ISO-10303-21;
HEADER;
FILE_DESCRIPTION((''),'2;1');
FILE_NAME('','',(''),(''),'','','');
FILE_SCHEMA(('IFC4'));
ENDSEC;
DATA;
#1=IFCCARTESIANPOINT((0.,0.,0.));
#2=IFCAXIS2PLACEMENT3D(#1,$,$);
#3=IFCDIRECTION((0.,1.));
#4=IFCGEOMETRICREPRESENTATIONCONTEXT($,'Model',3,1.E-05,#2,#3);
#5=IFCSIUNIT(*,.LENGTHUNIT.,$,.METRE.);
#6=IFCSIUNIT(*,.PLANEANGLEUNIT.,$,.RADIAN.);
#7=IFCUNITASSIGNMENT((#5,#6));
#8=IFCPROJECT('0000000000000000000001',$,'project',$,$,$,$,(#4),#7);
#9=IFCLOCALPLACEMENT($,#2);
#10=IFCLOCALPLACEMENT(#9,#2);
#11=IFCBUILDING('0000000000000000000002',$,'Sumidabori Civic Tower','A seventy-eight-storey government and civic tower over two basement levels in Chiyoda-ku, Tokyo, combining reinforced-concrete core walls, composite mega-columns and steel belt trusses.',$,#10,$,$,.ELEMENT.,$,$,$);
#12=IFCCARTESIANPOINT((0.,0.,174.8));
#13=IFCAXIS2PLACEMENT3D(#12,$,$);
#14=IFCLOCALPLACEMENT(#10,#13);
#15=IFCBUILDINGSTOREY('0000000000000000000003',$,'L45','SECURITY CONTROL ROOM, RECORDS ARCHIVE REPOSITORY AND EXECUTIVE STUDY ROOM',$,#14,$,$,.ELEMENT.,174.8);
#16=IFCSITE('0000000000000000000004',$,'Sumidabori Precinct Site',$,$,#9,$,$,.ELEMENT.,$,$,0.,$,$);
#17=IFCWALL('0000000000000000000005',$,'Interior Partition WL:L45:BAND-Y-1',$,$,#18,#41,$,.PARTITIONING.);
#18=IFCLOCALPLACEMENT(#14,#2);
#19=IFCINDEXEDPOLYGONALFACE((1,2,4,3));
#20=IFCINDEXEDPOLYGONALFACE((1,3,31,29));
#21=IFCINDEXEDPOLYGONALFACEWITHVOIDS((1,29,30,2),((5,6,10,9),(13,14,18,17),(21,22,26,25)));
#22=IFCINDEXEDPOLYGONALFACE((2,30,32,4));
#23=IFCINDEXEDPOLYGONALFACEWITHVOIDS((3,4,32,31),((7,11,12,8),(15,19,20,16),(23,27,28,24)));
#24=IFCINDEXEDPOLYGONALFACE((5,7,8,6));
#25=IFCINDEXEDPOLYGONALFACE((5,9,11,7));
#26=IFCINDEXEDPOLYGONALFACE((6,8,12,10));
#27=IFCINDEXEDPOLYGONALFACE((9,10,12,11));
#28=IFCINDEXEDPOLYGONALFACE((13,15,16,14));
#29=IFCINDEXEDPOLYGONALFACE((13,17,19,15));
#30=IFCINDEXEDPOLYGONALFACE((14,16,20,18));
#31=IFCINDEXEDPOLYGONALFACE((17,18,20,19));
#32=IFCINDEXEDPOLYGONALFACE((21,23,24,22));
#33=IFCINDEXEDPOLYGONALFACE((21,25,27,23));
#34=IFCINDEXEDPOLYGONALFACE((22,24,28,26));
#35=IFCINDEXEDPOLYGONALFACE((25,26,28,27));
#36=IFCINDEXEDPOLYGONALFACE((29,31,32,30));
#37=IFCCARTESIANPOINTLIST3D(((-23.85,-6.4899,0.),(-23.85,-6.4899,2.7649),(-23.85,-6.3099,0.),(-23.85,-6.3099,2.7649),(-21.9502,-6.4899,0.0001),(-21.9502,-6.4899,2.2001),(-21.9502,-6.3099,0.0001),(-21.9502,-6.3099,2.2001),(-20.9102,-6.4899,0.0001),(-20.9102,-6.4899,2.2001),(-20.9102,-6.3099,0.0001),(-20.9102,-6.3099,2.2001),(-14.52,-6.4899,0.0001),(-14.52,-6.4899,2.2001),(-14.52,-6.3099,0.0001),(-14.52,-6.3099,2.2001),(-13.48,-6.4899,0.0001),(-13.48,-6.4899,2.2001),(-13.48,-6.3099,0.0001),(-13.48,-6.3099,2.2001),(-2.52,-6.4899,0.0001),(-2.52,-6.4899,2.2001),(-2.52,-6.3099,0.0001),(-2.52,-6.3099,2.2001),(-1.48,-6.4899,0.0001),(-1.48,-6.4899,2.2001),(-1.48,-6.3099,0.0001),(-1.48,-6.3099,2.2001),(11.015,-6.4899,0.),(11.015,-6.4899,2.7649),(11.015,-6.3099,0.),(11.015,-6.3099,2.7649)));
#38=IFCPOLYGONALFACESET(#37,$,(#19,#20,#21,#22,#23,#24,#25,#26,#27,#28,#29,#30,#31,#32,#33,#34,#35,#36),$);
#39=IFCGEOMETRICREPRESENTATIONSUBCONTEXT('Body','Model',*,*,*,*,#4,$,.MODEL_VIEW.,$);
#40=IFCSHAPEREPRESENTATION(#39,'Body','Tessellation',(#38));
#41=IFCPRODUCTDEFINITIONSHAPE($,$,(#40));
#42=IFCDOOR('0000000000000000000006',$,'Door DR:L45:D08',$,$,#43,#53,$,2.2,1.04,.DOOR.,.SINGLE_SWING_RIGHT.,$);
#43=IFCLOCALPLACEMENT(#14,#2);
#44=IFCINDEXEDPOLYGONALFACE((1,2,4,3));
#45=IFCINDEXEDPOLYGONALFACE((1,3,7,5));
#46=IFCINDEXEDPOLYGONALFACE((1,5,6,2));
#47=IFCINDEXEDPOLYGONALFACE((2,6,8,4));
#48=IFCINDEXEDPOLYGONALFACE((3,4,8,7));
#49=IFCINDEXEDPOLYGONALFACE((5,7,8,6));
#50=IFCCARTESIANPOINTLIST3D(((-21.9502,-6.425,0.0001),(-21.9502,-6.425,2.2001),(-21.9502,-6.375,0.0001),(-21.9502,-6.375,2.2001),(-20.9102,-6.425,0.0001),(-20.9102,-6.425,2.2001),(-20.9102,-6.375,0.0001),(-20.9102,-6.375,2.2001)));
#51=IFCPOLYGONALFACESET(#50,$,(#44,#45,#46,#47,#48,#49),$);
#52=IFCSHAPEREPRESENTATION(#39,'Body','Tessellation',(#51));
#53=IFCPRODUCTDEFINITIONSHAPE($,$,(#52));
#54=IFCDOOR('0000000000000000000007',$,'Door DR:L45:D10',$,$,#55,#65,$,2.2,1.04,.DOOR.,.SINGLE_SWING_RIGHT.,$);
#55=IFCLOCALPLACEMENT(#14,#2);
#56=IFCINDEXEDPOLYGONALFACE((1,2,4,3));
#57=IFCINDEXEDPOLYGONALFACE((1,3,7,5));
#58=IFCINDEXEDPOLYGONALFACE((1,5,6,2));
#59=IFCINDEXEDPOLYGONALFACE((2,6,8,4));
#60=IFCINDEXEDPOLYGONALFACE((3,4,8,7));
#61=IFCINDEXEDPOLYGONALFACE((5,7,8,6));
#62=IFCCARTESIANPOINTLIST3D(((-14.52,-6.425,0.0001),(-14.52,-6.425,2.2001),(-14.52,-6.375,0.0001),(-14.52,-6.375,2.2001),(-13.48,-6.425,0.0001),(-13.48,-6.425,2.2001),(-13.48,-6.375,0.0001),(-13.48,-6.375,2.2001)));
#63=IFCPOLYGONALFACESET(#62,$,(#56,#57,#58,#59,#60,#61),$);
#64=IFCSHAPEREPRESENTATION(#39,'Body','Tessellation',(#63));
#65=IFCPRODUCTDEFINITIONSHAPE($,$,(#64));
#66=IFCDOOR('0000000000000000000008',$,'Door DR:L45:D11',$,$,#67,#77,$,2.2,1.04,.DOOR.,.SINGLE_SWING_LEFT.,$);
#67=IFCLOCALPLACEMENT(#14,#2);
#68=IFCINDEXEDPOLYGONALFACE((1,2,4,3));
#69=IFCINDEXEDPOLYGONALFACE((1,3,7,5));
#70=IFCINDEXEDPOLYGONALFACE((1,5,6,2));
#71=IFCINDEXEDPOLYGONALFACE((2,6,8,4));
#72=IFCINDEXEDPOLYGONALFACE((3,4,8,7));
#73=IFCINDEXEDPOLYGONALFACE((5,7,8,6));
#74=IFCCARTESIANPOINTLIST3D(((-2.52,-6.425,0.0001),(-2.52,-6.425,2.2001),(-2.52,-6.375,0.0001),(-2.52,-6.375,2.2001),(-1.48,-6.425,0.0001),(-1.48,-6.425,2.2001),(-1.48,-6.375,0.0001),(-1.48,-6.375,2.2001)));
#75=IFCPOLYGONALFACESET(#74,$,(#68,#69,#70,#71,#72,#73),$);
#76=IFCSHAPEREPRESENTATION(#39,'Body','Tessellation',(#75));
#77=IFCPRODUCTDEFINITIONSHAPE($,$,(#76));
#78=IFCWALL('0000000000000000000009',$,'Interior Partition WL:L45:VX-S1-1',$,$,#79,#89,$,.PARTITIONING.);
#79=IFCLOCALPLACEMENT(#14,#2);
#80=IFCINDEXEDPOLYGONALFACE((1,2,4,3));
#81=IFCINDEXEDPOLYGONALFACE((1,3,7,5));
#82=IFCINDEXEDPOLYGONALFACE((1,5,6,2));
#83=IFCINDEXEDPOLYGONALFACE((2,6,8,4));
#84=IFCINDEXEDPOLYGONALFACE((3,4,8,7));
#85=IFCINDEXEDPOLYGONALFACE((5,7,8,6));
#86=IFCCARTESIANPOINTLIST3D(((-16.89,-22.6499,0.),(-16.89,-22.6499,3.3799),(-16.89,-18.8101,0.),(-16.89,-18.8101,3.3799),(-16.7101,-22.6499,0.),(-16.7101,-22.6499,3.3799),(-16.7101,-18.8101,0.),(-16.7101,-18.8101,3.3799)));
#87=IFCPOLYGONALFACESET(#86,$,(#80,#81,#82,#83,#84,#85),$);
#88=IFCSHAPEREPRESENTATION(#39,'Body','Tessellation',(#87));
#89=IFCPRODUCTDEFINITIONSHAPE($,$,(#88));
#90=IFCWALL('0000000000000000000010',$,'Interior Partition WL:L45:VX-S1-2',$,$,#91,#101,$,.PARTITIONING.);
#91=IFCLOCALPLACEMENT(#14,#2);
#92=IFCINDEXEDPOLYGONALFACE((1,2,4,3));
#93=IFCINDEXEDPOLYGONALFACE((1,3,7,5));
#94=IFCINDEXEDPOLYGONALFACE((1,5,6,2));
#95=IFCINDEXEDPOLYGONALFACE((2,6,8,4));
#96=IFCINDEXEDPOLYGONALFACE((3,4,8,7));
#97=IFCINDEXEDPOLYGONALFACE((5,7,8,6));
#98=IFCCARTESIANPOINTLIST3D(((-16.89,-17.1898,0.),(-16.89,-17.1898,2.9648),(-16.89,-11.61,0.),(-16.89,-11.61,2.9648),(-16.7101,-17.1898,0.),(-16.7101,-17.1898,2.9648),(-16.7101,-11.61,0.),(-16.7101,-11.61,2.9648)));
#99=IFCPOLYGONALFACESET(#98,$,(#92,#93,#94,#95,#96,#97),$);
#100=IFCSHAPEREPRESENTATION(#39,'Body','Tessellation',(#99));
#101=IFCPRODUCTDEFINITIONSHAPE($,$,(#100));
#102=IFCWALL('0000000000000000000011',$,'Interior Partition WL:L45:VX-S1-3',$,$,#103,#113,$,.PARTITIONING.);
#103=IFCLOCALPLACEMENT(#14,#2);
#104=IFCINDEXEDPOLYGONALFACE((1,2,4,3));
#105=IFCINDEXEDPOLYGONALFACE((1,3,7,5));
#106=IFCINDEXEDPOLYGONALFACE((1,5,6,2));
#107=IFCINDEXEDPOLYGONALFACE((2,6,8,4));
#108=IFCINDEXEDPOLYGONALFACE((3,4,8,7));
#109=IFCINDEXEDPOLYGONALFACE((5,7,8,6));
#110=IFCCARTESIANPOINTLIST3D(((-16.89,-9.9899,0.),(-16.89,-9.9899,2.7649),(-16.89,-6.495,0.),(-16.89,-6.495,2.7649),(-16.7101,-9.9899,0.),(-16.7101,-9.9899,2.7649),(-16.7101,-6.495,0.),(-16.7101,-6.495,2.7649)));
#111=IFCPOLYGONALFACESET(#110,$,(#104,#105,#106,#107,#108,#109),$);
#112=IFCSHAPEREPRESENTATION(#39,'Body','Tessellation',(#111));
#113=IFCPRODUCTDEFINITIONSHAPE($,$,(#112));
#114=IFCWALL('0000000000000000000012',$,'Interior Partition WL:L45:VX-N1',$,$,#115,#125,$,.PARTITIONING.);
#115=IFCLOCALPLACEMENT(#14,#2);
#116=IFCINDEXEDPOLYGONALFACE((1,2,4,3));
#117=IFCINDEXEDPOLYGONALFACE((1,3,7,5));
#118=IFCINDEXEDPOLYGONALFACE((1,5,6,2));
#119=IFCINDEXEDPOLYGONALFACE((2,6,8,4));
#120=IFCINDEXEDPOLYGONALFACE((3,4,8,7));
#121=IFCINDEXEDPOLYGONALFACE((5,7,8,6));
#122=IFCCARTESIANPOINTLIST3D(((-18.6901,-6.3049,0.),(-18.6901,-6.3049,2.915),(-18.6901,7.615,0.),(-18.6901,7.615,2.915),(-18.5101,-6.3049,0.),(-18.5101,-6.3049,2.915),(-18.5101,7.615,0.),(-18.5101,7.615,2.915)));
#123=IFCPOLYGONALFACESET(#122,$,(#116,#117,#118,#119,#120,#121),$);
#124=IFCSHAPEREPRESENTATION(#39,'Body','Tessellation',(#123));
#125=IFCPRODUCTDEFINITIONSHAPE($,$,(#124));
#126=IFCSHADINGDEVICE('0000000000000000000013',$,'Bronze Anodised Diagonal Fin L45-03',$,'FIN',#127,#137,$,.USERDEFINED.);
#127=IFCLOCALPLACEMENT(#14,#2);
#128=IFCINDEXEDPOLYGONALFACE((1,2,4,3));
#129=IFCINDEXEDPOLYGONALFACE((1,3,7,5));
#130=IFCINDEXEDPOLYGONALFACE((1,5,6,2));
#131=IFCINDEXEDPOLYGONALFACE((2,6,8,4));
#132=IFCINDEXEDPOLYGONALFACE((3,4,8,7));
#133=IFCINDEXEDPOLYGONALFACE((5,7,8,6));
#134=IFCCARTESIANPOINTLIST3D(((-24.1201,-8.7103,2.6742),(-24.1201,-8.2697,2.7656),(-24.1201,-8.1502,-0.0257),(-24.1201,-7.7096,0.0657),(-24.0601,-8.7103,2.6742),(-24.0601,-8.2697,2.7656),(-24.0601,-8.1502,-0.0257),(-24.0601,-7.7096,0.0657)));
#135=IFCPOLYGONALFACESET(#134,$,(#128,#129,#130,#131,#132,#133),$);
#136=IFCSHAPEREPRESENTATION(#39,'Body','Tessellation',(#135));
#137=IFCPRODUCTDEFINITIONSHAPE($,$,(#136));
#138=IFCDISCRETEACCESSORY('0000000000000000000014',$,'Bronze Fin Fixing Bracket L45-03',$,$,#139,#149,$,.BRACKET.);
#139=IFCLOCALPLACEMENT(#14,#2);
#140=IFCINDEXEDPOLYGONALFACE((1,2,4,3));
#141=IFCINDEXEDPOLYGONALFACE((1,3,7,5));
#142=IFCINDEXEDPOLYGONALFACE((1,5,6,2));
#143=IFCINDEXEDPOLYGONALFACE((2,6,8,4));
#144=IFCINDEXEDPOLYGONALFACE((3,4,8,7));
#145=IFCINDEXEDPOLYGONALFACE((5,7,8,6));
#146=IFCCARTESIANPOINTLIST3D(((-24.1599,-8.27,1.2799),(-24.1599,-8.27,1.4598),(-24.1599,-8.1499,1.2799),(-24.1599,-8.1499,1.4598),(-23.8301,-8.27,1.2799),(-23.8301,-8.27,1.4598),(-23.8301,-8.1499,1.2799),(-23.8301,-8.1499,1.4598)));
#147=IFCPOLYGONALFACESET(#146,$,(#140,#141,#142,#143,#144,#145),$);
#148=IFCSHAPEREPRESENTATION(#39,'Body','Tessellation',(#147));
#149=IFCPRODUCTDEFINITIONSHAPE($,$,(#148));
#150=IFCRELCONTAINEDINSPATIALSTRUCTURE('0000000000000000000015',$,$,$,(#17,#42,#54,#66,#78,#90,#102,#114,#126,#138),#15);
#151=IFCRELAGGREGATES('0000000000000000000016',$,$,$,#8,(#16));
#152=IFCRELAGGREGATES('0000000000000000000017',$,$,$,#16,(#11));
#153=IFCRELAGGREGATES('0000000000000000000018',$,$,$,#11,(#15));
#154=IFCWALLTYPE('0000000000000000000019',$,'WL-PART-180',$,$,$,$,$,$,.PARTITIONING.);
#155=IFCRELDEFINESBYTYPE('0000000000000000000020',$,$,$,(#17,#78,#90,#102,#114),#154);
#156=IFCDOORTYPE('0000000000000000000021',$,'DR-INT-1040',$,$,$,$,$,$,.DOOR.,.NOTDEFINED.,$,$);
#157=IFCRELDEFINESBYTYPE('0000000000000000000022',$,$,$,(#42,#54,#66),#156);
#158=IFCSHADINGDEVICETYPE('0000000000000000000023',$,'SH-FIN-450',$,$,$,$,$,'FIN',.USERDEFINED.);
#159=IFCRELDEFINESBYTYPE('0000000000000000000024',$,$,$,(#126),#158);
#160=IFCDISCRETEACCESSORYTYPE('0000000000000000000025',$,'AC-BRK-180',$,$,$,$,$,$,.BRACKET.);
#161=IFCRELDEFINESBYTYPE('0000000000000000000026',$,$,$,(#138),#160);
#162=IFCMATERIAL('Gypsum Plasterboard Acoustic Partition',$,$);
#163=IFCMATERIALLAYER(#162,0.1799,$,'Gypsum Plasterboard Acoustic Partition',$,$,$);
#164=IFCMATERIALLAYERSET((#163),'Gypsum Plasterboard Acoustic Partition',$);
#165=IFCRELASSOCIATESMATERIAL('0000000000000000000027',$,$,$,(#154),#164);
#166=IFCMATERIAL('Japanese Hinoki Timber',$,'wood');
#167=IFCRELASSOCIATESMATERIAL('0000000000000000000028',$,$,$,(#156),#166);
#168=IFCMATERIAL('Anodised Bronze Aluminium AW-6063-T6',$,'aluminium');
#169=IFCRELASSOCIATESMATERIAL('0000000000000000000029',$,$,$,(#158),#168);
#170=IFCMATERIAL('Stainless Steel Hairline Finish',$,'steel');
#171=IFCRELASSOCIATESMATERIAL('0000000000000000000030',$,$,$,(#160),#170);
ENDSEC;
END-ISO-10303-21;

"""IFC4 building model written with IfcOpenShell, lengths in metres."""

from ifc_helpers import new_model, si_unit, direction, frame, frame_2d, origin, origin_2d, place, context, subcontext, project, spatial, rectangle, extrude, source, transform, mapped, material, layer, layer_set, material_profile, profile_set, type_object, element, fill, save


model = new_model("IFC4")

# Units and contexts
model_context = context("Model", 3, precision=1e-05, world=origin(), true_north=direction((0.0, 1.0)))
body_context = subcontext(model_context, "Body", "Model", "MODEL_VIEW")
ifc_project = project(units=[si_unit("LENGTHUNIT", "METRE"), si_unit("PLANEANGLEUNIT", "RADIAN")], contexts=[model_context])

# Site, building, storey
site_placement = place(None, origin())
site = spatial("IfcSite", under=ifc_project, at=site_placement, Name="Sumidabori Precinct Site", CompositionType="ELEMENT", RefElevation=0.0)
building_placement = place(site_placement, origin())
building = spatial("IfcBuilding", under=site, at=building_placement, Name="Sumidabori Civic Tower", Description="A seventy-eight-storey government and civic tower over two basement levels in Chiyoda-ku, Tokyo, combining reinforced-concrete core walls, composite mega-columns and steel belt trusses.", CompositionType="ELEMENT")
storey_placement = place(building_placement, frame((0.0, 0.0, 174.8)))
storey = spatial("IfcBuildingStorey", under=building, at=storey_placement, Name="L45", Description="SECURITY CONTROL ROOM, RECORDS ARCHIVE REPOSITORY AND EXECUTIVE STUDY ROOM", CompositionType="ELEMENT", Elevation=174.8)

# Shared definitions
ifc_material_1 = material(Name="Anodised Bronze Aluminium AW-6063-T6", Category="aluminium")

# Wall, openings, doors
ifc_material_2 = material(Name="Gypsum Plasterboard Acoustic Partition")
ifc_layer_1 = layer(ifc_material_2, 0.1799, Name="Gypsum Plasterboard Acoustic Partition")
ifc_layer_set_1 = layer_set([ifc_layer_1], Name="Gypsum Plasterboard Acoustic Partition")
wall_type_1 = type_object("IfcWallType", Name="WL-PART-180", PredefinedType="PARTITIONING", material=ifc_layer_set_1)
shared_shape_1 = source(origin(), body_context, "Body", "SweptSolid", [
    extrude(rectangle(XDim=34.865, YDim=0.1799, at=frame_2d((17.4326, 0.0))), origin(), (0.0, 0.0, 1.0), 2.7649),
])
wall_1_placement = place(storey_placement, frame((-23.8501, -6.3999, 0.0), z_axis=(0.0, 0.0, 1.0), x_axis=(1.0, 0.0, 0.0)))
wall_1 = element("IfcWall", 1, at=wall_1_placement, inside=storey, type_object=wall_type_1, Name="Interior Partition WL:L45:BAND-Y-1", PredefinedType="PARTITIONING", context=body_context, shape_type="MappedRepresentation", body=[
    mapped(shared_shape_1, transform((0.0, 0.0, 0.0), x_axis=(1.0, 0.0, 0.0), y_axis=(0.0, 1.0, 0.0), z_axis=(0.0, 0.0, 1.0), scale=1.0)),
])
opening_1_placement = place(wall_1_placement, frame((1.8999, 0.0, 0.0)))
opening_1 = element("IfcOpeningElement", 2, at=opening_1_placement, cuts=wall_1, PredefinedType="OPENING", context=body_context, shape_type="SweptSolid", body=[
    extrude(rectangle(XDim=1.04, YDim=2.2, at=frame_2d((0.52, 1.1001))), frame((0.0, 0.1021, 0.0), z_axis=(0.0, -1.0, 0.0), x_axis=(1.0, 0.0, 0.0)), (0.0, 0.0, 1.0), 0.2039),
])
opening_2_placement = place(wall_1_placement, frame((9.3301, 0.0, 0.0)))
opening_2 = element("IfcOpeningElement", 3, at=opening_2_placement, cuts=wall_1, PredefinedType="OPENING", context=body_context, shape_type="SweptSolid", body=[
    extrude(rectangle(XDim=1.04, YDim=2.2, at=frame_2d((0.52, 1.1001))), frame((0.0, 0.1021, 0.0), z_axis=(0.0, -1.0, 0.0), x_axis=(1.0, 0.0, 0.0)), (0.0, 0.0, 1.0), 0.2039),
])
opening_3_placement = place(wall_1_placement, frame((21.3301, 0.0, 0.0)))
opening_3 = element("IfcOpeningElement", 4, at=opening_3_placement, cuts=wall_1, PredefinedType="OPENING", context=body_context, shape_type="SweptSolid", body=[
    extrude(rectangle(XDim=1.04, YDim=2.2, at=frame_2d((0.52, 1.1001))), frame((0.0, 0.1021, 0.0), z_axis=(0.0, -1.0, 0.0), x_axis=(1.0, 0.0, 0.0)), (0.0, 0.0, 1.0), 0.2039),
])
ifc_material_3 = material(Name="Japanese Hinoki Timber", Category="wood")
door_type = type_object("IfcDoorType", Name="DR-INT-1040", OperationType="NOTDEFINED", PredefinedType="DOOR", material=ifc_material_3)
shared_shape_2 = source(origin(), body_context, "Body", "SweptSolid", [
    extrude(rectangle(XDim=1.04, YDim=2.2, at=frame_2d((0.52, 1.1001))), frame((0.0, 0.0249, 0.0), z_axis=(0.0, -1.0, 0.0), x_axis=(1.0, 0.0, 0.0)), (0.0, 0.0, 1.0), 0.05),
])
door_1_placement = place(opening_1_placement, origin())
door_1 = element("IfcDoor", 5, at=door_1_placement, inside=storey, type_object=door_type, Name="Door DR:L45:D08", OperationType="SINGLE_SWING_RIGHT", OverallHeight=2.2, OverallWidth=1.04, PredefinedType="DOOR", context=body_context, shape_type="MappedRepresentation", body=[
    mapped(shared_shape_2, transform((0.0, 0.0, 0.0), x_axis=(1.0, 0.0, 0.0), y_axis=(0.0, 1.0, 0.0), z_axis=(0.0, 0.0, 1.0), scale=1.0)),
])
fill(opening_1, door_1)
door_2_placement = place(opening_2_placement, origin())
door_2 = element("IfcDoor", 6, at=door_2_placement, inside=storey, type_object=door_type, Name="Door DR:L45:D10", OperationType="SINGLE_SWING_RIGHT", OverallHeight=2.2, OverallWidth=1.04, PredefinedType="DOOR", context=body_context, shape_type="MappedRepresentation", body=[
    mapped(shared_shape_2, transform((0.0, 0.0, 0.0), x_axis=(1.0, 0.0, 0.0), y_axis=(0.0, 1.0, 0.0), z_axis=(0.0, 0.0, 1.0), scale=1.0)),
])
fill(opening_2, door_2)
door_3_placement = place(opening_3_placement, origin())
door_3 = element("IfcDoor", 7, at=door_3_placement, inside=storey, type_object=door_type, Name="Door DR:L45:D11", OperationType="SINGLE_SWING_LEFT", OverallHeight=2.2, OverallWidth=1.04, PredefinedType="DOOR", context=body_context, shape_type="MappedRepresentation", body=[
    mapped(shared_shape_2, transform((0.0, 0.0, 0.0), x_axis=(1.0, 0.0, 0.0), y_axis=(0.0, 1.0, 0.0), z_axis=(0.0, 0.0, 1.0), scale=1.0)),
])
fill(opening_3, door_3)

# Walls
shared_shape_3 = source(origin(), body_context, "Body", "SweptSolid", [
    extrude(rectangle(XDim=3.8398, YDim=0.1799, at=frame_2d((1.9199, 0.0))), origin(), (0.0, 0.0, 1.0), 3.3799),
])
wall_2_placement = place(storey_placement, frame((-16.8, -22.6499, 0.0), z_axis=(0.0, 0.0, 1.0), x_axis=(0.0, 1.0, 0.0)))
element("IfcWall", 8, at=wall_2_placement, inside=storey, type_object=wall_type_1, Name="Interior Partition WL:L45:VX-S1-1", PredefinedType="PARTITIONING", context=body_context, shape_type="MappedRepresentation", body=[
    mapped(shared_shape_3, transform((0.0, 0.0, 0.0), x_axis=(1.0, 0.0, 0.0), y_axis=(0.0, 1.0, 0.0), z_axis=(0.0, 0.0, 1.0), scale=1.0)),
])
shared_shape_4 = source(origin(), body_context, "Body", "SweptSolid", [
    extrude(rectangle(XDim=5.5798, YDim=0.1799, at=frame_2d((2.79, 0.0))), origin(), (0.0, 0.0, 1.0), 2.9648),
])
wall_3_placement = place(storey_placement, frame((-16.8, -17.1899, 0.0), z_axis=(0.0, 0.0, 1.0), x_axis=(0.0, 1.0, 0.0)))
element("IfcWall", 9, at=wall_3_placement, inside=storey, type_object=wall_type_1, Name="Interior Partition WL:L45:VX-S1-2", PredefinedType="PARTITIONING", context=body_context, shape_type="MappedRepresentation", body=[
    mapped(shared_shape_4, transform((0.0, 0.0, 0.0), x_axis=(1.0, 0.0, 0.0), y_axis=(0.0, 1.0, 0.0), z_axis=(0.0, 0.0, 1.0), scale=1.0)),
])
shared_shape_5 = source(origin(), body_context, "Body", "SweptSolid", [
    extrude(rectangle(XDim=3.4949, YDim=0.1799, at=frame_2d((1.7476, 0.0))), origin(), (0.0, 0.0, 1.0), 2.7649),
])
wall_4_placement = place(storey_placement, frame((-16.8, -9.99, 0.0), z_axis=(0.0, 0.0, 1.0), x_axis=(0.0, 1.0, 0.0)))
element("IfcWall", 10, at=wall_4_placement, inside=storey, type_object=wall_type_1, Name="Interior Partition WL:L45:VX-S1-3", PredefinedType="PARTITIONING", context=body_context, shape_type="MappedRepresentation", body=[
    mapped(shared_shape_5, transform((0.0, 0.0, 0.0), x_axis=(1.0, 0.0, 0.0), y_axis=(0.0, 1.0, 0.0), z_axis=(0.0, 0.0, 1.0), scale=1.0)),
])
shared_shape_6 = source(origin(), body_context, "Body", "SweptSolid", [
    extrude(rectangle(XDim=13.9199, YDim=0.1799, at=frame_2d((6.96, 0.0))), origin(), (0.0, 0.0, 1.0), 2.915),
])
wall_5_placement = place(storey_placement, frame((-18.6001, -6.3049, 0.0), z_axis=(0.0, 0.0, 1.0), x_axis=(0.0, 1.0, 0.0)))
element("IfcWall", 11, at=wall_5_placement, inside=storey, type_object=wall_type_1, Name="Interior Partition WL:L45:VX-N1", PredefinedType="PARTITIONING", context=body_context, shape_type="MappedRepresentation", body=[
    mapped(shared_shape_6, transform((0.0, 0.0, 0.0), x_axis=(1.0, 0.0, 0.0), y_axis=(0.0, 1.0, 0.0), z_axis=(0.0, 0.0, 1.0), scale=1.0)),
])

# Shading device
ifc_material_profile_1 = material_profile(ifc_material_1, rectangle(XDim=0.0601, YDim=0.45, at=origin_2d()), Name="BRONZE FIN 450x60")
ifc_profile_set_1 = profile_set([ifc_material_profile_1], Name="Anodised Bronze Aluminium AW-6063-T6")
shading_device_type = type_object("IfcShadingDeviceType", Name="SH-FIN-450", ElementType="FIN", PredefinedType="USERDEFINED", material=ifc_profile_set_1)
shared_shape_7 = source(origin(), body_context, "Body", "SweptSolid", [
    extrude(rectangle(XDim=0.0601, YDim=0.45, at=origin_2d()), origin(), (0.0, 0.0, 1.0), 2.7573),
])
shading_device_placement = place(storey_placement, frame((-24.0901, -7.9299, 0.02), z_axis=(0.0, -0.203109, 0.979156), x_axis=(-1.0, 0.0, 0.0)))
element("IfcShadingDevice", 12, at=shading_device_placement, inside=storey, type_object=shading_device_type, Name="Bronze Anodised Diagonal Fin L45-03", ObjectType="FIN", PredefinedType="USERDEFINED", context=body_context, shape_type="MappedRepresentation", body=[
    mapped(shared_shape_7, transform((0.0, 0.0, 0.0), x_axis=(1.0, 0.0, 0.0), y_axis=(0.0, 1.0, 0.0), z_axis=(0.0, 0.0, 1.0), scale=1.0)),
])

# Discrete accessory
ifc_material_4 = material(Name="Stainless Steel Hairline Finish", Category="steel")
ifc_material_profile_2 = material_profile(ifc_material_4, rectangle(XDim=0.1201, YDim=0.1799, at=origin_2d()), Name="STEEL BRACKET 180x120")
ifc_profile_set_2 = profile_set([ifc_material_profile_2], Name="Stainless Steel Hairline Finish")
discrete_accessory_type = type_object("IfcDiscreteAccessoryType", Name="AC-BRK-180", PredefinedType="BRACKET", material=ifc_profile_set_2)
shared_shape_8 = source(origin(), body_context, "Body", "SweptSolid", [
    extrude(rectangle(XDim=0.1201, YDim=0.1799, at=origin_2d()), origin(), (0.0, 0.0, 1.0), 0.3298),
])
discrete_accessory_placement = place(storey_placement, frame((-23.8301, -8.21, 1.3699), z_axis=(-1.0, 0.0, 0.0), x_axis=(0.0, -1.0, 0.0)))
element("IfcDiscreteAccessory", 13, at=discrete_accessory_placement, inside=storey, type_object=discrete_accessory_type, Name="Bronze Fin Fixing Bracket L45-03", PredefinedType="BRACKET", context=body_context, shape_type="MappedRepresentation", body=[
    mapped(shared_shape_8, transform((0.0, 0.0, 0.0), x_axis=(1.0, 0.0, 0.0), y_axis=(0.0, 1.0, 0.0), z_axis=(0.0, 0.0, 1.0), scale=1.0)),
])

save(model, "model.ifc")
